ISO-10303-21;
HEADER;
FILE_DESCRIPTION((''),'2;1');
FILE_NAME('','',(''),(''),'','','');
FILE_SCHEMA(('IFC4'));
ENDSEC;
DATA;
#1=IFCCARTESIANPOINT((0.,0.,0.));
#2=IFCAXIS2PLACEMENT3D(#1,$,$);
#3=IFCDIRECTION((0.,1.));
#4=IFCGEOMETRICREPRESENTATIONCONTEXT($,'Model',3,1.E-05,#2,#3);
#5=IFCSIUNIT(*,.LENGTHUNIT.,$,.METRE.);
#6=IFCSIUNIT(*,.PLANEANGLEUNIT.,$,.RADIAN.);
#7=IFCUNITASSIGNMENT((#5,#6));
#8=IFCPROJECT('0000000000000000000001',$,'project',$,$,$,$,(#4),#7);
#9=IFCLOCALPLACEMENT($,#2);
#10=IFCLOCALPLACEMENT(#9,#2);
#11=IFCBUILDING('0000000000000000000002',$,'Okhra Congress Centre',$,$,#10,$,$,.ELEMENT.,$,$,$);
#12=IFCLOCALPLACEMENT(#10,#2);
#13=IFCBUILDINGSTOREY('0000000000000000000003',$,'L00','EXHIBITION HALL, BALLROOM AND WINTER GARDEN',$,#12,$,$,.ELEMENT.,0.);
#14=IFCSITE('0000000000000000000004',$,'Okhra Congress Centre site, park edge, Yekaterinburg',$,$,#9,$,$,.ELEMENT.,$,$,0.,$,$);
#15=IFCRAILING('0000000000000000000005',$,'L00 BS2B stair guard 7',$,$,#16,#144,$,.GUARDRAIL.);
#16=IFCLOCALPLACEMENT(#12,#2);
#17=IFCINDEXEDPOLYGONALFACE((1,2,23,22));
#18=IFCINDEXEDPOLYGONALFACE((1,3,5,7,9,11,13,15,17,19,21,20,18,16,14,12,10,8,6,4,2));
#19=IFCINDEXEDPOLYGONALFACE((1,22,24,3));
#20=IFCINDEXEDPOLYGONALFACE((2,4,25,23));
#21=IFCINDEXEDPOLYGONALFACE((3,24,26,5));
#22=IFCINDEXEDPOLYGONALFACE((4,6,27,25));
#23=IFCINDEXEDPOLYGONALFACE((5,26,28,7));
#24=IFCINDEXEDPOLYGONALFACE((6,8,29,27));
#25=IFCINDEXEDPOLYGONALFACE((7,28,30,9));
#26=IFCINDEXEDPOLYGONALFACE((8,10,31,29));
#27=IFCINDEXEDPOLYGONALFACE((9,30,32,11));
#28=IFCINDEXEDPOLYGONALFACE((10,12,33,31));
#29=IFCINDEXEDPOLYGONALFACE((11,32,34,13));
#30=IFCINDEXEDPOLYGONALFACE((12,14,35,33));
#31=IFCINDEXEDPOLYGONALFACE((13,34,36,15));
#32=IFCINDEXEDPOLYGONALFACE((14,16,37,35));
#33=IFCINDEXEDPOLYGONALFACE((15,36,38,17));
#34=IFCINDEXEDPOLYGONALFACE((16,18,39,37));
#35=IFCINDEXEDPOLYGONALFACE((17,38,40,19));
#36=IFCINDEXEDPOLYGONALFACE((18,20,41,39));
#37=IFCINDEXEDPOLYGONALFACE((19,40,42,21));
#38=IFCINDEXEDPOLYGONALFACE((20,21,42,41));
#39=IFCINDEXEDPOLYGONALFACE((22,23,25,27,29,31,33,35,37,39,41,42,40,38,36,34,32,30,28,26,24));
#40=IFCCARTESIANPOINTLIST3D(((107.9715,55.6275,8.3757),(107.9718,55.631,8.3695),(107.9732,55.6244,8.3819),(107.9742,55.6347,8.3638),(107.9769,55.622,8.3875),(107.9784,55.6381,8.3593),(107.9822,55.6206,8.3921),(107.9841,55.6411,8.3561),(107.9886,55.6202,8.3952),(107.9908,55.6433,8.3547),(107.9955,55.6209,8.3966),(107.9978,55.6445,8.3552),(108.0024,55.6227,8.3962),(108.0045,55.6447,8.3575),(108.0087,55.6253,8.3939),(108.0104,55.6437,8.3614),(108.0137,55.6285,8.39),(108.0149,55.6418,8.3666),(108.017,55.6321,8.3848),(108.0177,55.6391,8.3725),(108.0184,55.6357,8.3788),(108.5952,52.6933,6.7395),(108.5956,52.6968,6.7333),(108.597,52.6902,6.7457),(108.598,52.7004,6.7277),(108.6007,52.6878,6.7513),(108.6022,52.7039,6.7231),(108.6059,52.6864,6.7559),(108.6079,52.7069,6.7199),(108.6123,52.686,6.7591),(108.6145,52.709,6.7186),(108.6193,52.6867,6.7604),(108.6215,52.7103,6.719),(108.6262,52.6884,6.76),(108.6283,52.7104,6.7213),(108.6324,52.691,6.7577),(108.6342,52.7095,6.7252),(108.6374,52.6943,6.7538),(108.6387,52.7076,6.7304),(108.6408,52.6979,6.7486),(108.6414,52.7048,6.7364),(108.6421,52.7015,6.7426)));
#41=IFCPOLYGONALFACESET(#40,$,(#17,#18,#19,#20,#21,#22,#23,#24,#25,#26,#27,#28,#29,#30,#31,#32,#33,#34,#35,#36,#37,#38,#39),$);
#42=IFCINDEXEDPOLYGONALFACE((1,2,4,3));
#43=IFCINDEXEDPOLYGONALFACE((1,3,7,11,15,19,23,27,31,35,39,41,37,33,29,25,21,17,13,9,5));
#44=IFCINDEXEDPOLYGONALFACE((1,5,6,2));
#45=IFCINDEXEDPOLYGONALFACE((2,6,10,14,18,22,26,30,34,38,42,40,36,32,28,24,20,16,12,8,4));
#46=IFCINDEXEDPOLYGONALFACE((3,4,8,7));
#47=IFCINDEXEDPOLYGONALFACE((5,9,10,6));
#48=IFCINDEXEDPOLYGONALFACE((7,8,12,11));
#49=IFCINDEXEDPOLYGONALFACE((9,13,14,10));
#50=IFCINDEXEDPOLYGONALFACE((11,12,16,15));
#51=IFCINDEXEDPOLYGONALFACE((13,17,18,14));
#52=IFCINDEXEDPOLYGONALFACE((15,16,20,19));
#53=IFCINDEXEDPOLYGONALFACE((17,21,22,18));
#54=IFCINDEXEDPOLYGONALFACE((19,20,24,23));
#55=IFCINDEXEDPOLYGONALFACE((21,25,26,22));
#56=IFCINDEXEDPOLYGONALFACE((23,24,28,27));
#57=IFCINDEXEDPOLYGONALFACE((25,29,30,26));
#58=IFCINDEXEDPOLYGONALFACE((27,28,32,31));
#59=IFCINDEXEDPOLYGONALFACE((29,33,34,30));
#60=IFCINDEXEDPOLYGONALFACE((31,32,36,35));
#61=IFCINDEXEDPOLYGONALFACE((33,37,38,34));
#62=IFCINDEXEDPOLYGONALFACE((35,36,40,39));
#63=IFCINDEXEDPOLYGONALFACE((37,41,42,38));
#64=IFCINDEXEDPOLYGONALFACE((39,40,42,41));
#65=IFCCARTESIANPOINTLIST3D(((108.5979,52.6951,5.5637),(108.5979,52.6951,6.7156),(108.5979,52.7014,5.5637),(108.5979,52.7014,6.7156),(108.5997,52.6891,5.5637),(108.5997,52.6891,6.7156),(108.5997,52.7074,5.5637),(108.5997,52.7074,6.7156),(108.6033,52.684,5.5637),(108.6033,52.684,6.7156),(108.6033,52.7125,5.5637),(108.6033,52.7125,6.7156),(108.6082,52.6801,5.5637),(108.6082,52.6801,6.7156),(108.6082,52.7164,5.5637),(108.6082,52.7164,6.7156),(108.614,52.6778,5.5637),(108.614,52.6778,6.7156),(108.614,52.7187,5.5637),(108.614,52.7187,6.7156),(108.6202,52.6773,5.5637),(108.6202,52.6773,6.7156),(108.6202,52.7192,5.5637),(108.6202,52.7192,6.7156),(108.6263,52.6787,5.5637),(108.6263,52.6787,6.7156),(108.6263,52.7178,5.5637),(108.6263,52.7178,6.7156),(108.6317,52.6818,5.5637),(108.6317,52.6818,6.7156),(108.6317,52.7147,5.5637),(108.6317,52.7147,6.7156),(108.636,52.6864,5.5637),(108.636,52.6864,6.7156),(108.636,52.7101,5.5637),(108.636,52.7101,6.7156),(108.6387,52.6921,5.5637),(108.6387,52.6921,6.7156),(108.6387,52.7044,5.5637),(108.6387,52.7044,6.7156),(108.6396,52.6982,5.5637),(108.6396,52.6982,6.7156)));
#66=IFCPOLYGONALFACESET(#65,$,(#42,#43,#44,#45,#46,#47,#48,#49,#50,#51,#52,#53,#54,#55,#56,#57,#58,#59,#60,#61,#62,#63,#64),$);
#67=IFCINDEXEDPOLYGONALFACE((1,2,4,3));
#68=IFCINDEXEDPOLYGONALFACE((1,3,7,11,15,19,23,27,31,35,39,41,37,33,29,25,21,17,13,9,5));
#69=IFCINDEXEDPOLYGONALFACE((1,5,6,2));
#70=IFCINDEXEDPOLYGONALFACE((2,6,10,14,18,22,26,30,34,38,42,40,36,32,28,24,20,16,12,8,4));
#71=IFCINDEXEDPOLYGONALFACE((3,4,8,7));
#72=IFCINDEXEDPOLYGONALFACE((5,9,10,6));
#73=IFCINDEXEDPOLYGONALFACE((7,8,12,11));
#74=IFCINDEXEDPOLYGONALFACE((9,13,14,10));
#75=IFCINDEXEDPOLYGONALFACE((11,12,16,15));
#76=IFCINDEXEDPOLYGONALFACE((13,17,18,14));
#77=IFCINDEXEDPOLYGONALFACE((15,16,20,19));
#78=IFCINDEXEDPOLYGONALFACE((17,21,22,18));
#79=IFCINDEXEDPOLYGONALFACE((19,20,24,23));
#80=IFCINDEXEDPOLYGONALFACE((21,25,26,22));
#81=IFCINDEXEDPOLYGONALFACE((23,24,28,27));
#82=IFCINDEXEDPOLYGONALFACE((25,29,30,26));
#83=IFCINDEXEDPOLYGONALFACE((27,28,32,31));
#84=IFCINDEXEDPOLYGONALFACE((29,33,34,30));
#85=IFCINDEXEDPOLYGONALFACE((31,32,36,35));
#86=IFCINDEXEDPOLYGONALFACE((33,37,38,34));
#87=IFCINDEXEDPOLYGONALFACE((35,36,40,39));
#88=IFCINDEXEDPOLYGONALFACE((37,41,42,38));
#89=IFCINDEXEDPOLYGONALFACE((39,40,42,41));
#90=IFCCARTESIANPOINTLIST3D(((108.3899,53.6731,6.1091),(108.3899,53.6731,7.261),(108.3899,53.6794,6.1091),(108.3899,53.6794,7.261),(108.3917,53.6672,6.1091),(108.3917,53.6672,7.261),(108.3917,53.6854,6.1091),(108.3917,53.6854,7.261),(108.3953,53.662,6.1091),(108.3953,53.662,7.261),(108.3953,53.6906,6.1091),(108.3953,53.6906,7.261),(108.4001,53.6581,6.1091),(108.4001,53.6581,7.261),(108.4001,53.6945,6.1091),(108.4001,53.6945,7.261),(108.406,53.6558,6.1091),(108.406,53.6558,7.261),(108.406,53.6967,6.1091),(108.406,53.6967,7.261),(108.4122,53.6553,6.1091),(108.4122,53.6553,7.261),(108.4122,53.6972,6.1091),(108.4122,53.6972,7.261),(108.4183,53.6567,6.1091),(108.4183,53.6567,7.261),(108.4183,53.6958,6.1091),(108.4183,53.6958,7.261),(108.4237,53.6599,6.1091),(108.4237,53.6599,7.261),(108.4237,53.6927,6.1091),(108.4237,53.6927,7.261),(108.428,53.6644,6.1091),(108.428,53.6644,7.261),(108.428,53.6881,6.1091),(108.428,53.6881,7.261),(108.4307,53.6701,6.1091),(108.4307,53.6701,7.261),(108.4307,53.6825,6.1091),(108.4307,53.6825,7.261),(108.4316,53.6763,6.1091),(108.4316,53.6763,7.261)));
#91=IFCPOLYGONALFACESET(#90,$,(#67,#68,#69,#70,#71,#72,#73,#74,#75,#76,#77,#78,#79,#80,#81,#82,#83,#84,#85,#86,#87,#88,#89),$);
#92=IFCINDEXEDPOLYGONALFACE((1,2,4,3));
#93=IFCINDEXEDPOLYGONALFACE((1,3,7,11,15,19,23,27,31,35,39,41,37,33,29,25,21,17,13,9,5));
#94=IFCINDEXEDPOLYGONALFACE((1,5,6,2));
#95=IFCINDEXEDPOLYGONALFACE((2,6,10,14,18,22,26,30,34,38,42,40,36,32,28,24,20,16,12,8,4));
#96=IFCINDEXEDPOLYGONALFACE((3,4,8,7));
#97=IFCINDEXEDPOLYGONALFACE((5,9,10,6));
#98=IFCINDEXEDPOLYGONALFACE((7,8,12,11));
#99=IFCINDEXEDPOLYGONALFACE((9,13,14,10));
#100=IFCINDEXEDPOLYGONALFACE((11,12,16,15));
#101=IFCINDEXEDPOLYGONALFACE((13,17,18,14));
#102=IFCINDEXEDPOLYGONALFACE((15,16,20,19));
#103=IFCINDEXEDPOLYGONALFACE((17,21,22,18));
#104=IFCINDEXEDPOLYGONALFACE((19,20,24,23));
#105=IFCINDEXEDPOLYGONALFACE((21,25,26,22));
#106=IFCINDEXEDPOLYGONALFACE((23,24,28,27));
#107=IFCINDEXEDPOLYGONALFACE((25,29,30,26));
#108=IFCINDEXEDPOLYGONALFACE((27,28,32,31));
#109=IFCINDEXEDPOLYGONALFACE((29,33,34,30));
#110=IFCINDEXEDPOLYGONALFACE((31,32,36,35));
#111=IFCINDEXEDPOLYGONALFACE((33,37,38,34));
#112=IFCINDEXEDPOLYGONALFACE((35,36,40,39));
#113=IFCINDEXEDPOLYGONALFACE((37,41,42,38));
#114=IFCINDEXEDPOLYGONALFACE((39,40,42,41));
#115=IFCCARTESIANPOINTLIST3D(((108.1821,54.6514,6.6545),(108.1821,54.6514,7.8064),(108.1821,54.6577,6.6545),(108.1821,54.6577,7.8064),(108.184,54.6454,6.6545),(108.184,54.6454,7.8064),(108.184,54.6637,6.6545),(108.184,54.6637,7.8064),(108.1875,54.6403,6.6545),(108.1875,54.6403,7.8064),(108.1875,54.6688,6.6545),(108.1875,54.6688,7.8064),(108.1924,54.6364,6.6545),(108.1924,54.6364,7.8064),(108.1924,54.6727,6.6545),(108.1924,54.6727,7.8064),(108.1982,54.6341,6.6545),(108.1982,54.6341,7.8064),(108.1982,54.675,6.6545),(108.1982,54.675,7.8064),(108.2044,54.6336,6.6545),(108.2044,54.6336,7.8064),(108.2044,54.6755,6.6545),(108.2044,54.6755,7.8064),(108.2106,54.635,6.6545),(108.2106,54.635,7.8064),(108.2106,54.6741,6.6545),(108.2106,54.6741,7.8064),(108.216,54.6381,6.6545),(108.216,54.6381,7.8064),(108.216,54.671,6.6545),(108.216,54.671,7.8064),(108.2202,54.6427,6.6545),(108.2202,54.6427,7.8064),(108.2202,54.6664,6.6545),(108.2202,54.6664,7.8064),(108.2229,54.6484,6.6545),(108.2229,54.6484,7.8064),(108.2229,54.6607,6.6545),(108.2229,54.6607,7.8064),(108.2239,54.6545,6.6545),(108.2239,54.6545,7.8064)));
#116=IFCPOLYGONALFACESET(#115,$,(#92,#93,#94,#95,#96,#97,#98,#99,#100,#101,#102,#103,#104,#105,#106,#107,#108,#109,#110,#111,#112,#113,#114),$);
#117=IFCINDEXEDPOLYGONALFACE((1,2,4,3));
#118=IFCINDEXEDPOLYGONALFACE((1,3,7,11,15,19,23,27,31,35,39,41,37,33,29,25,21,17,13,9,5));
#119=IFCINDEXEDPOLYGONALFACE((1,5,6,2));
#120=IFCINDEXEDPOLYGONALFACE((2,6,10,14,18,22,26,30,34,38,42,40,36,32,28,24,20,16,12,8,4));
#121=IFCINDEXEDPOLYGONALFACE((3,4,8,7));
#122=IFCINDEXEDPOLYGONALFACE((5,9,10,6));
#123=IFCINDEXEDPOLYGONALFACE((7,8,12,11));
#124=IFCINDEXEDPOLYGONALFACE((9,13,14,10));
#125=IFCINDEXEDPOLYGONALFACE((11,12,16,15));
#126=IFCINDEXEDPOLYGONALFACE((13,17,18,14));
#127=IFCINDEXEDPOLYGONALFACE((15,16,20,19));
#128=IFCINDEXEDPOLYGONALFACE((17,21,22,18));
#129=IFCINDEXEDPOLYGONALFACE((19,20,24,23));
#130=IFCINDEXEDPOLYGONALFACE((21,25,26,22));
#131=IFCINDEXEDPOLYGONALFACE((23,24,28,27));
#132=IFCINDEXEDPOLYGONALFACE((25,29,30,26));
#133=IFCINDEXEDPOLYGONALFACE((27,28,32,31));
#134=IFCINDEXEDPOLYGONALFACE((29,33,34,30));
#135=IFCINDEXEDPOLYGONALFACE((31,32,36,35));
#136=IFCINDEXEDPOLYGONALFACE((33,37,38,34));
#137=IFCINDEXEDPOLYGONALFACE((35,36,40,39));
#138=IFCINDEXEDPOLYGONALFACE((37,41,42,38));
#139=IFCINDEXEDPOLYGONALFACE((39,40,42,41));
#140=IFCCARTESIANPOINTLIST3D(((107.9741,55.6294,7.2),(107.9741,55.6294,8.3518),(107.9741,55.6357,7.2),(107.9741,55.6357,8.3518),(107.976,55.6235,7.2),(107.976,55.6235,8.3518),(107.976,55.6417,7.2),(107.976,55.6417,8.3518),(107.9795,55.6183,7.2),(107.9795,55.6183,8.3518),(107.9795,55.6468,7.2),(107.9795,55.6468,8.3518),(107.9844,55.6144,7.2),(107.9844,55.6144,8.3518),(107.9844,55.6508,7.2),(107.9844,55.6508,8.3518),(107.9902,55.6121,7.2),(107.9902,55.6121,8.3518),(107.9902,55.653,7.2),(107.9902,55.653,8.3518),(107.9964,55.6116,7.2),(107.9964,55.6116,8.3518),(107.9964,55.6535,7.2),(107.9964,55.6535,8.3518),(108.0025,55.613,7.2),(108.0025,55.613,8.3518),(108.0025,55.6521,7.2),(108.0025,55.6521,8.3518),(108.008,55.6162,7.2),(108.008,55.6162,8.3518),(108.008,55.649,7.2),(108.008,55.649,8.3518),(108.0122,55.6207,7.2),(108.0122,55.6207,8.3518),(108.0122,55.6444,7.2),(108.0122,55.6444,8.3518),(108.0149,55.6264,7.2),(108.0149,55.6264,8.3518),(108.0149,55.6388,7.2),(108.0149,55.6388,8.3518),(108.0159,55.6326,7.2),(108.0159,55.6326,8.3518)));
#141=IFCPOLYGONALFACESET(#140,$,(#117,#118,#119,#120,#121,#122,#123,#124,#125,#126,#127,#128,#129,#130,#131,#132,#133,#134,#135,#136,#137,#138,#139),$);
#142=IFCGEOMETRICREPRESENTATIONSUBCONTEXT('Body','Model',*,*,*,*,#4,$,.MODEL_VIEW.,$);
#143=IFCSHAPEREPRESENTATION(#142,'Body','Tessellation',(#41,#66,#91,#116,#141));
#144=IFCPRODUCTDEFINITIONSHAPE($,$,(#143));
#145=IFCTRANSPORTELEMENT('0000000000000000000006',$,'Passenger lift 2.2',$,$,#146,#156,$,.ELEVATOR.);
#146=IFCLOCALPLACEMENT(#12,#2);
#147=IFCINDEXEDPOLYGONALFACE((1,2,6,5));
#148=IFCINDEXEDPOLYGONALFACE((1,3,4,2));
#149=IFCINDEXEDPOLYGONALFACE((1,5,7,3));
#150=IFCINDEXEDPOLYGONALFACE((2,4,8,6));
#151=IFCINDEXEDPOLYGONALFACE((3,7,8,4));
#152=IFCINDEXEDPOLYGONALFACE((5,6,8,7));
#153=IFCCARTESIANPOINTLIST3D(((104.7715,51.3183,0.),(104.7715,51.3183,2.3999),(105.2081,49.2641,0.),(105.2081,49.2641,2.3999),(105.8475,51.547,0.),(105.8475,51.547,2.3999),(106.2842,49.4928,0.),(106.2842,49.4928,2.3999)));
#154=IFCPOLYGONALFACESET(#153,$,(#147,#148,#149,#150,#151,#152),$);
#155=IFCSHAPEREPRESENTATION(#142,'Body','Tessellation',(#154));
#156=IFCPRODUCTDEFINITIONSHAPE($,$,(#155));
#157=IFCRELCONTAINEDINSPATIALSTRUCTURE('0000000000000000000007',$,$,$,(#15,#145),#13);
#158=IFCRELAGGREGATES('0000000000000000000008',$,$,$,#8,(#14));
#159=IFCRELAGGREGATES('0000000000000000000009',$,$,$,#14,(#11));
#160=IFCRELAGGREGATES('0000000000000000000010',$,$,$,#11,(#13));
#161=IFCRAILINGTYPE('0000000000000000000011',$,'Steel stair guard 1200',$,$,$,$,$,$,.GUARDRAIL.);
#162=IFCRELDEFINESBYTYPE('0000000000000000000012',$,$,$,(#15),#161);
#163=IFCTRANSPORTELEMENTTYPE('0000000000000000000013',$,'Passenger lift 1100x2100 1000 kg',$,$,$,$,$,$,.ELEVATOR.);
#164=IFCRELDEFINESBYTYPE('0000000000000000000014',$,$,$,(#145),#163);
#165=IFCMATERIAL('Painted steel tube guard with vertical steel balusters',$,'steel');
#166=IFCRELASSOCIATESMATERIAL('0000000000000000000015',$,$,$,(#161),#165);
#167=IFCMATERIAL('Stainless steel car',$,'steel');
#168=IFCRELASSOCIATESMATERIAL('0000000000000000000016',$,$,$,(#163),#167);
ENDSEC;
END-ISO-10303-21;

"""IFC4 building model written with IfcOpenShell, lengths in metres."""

from ifc_helpers import new_model, si_unit, direction, frame, origin, origin_2d, place, context, subcontext, project, spatial, rectangle, circle, extrude, material, type_object, element, save


model = new_model("IFC4")

# Units and contexts
model_context = context("Model", 3, precision=1e-05, world=origin(), true_north=direction((0.0, 1.0)))
body_context = subcontext(model_context, "Body", "Model", "MODEL_VIEW")
ifc_project = project(units=[si_unit("LENGTHUNIT", "METRE"), si_unit("PLANEANGLEUNIT", "RADIAN")], contexts=[model_context])

# Site, building, storey
site_placement = place(None, origin())
site = spatial("IfcSite", under=ifc_project, at=site_placement, Name="Okhra Congress Centre site, park edge, Yekaterinburg", CompositionType="ELEMENT", RefElevation=0.0)
building_placement = place(site_placement, origin())
building = spatial("IfcBuilding", under=site, at=building_placement, Name="Okhra Congress Centre", CompositionType="ELEMENT")
storey_placement = place(building_placement, origin())
storey = spatial("IfcBuildingStorey", under=building, at=storey_placement, Name="L00", Description="EXHIBITION HALL, BALLROOM AND WINTER GARDEN", CompositionType="ELEMENT", Elevation=0.0)

# Railing
ifc_material_1 = material(Name="Painted steel tube guard with vertical steel balusters", Category="steel")
railing_type_1 = type_object("IfcRailingType", Name="Steel stair guard 1200", PredefinedType="GUARDRAIL", material=ifc_material_1)
railing_1_placement = place(storey_placement, frame((108.6187, 52.6982, 5.5637)))
element("IfcRailing", 1, at=railing_1_placement, inside=storey, type_object=railing_type_1, Name="L00 BS2B stair guard 7", PredefinedType="GUARDRAIL", context=body_context, shape_type="SweptSolid", body=[
    extrude(circle(Radius=0.0239, at=origin_2d()), frame((0.0, 0.0, 1.1758), z_axis=(-0.182546, 0.858716, 0.478835), x_axis=(-0.978143, -0.207934, 0.0)), (0.0, 0.0, 1.0), 3.417),
    extrude(circle(Radius=0.021, at=origin_2d()), origin(), (0.0, 0.0, 1.0), 1.1519),
    extrude(circle(Radius=0.021, at=origin_2d()), frame((-0.208, 0.978, 0.5454)), (0.0, 0.0, 1.0), 1.1519),
    extrude(circle(Radius=0.021, at=origin_2d()), frame((-0.4158, 1.9563, 1.0908)), (0.0, 0.0, 1.0), 1.1519),
    extrude(circle(Radius=0.021, at=origin_2d()), frame((-0.6238, 2.9343, 1.6362)), (0.0, 0.0, 1.0), 1.1519),
])

# Transport element
ifc_material_2 = material(Name="Stainless steel car", Category="steel")
transport_element_type = type_object("IfcTransportElementType", Name="Passenger lift 1100x2100 1000 kg", PredefinedType="ELEVATOR", material=ifc_material_2)
transport_element_placement = place(storey_placement, frame((105.5278, 50.4055, 0.0), z_axis=(0.0, 0.0, 1.0), x_axis=(0.978148, 0.207912, 0.0)))
element("IfcTransportElement", 2, at=transport_element_placement, inside=storey, type_object=transport_element_type, Name="Passenger lift 2.2", PredefinedType="ELEVATOR", context=body_context, shape_type="SweptSolid", body=[
    extrude(rectangle(XDim=1.1001, YDim=2.1001, at=origin_2d()), origin(), (0.0, 0.0, 1.0), 2.3999),
])

save(model, "model.ifc")
